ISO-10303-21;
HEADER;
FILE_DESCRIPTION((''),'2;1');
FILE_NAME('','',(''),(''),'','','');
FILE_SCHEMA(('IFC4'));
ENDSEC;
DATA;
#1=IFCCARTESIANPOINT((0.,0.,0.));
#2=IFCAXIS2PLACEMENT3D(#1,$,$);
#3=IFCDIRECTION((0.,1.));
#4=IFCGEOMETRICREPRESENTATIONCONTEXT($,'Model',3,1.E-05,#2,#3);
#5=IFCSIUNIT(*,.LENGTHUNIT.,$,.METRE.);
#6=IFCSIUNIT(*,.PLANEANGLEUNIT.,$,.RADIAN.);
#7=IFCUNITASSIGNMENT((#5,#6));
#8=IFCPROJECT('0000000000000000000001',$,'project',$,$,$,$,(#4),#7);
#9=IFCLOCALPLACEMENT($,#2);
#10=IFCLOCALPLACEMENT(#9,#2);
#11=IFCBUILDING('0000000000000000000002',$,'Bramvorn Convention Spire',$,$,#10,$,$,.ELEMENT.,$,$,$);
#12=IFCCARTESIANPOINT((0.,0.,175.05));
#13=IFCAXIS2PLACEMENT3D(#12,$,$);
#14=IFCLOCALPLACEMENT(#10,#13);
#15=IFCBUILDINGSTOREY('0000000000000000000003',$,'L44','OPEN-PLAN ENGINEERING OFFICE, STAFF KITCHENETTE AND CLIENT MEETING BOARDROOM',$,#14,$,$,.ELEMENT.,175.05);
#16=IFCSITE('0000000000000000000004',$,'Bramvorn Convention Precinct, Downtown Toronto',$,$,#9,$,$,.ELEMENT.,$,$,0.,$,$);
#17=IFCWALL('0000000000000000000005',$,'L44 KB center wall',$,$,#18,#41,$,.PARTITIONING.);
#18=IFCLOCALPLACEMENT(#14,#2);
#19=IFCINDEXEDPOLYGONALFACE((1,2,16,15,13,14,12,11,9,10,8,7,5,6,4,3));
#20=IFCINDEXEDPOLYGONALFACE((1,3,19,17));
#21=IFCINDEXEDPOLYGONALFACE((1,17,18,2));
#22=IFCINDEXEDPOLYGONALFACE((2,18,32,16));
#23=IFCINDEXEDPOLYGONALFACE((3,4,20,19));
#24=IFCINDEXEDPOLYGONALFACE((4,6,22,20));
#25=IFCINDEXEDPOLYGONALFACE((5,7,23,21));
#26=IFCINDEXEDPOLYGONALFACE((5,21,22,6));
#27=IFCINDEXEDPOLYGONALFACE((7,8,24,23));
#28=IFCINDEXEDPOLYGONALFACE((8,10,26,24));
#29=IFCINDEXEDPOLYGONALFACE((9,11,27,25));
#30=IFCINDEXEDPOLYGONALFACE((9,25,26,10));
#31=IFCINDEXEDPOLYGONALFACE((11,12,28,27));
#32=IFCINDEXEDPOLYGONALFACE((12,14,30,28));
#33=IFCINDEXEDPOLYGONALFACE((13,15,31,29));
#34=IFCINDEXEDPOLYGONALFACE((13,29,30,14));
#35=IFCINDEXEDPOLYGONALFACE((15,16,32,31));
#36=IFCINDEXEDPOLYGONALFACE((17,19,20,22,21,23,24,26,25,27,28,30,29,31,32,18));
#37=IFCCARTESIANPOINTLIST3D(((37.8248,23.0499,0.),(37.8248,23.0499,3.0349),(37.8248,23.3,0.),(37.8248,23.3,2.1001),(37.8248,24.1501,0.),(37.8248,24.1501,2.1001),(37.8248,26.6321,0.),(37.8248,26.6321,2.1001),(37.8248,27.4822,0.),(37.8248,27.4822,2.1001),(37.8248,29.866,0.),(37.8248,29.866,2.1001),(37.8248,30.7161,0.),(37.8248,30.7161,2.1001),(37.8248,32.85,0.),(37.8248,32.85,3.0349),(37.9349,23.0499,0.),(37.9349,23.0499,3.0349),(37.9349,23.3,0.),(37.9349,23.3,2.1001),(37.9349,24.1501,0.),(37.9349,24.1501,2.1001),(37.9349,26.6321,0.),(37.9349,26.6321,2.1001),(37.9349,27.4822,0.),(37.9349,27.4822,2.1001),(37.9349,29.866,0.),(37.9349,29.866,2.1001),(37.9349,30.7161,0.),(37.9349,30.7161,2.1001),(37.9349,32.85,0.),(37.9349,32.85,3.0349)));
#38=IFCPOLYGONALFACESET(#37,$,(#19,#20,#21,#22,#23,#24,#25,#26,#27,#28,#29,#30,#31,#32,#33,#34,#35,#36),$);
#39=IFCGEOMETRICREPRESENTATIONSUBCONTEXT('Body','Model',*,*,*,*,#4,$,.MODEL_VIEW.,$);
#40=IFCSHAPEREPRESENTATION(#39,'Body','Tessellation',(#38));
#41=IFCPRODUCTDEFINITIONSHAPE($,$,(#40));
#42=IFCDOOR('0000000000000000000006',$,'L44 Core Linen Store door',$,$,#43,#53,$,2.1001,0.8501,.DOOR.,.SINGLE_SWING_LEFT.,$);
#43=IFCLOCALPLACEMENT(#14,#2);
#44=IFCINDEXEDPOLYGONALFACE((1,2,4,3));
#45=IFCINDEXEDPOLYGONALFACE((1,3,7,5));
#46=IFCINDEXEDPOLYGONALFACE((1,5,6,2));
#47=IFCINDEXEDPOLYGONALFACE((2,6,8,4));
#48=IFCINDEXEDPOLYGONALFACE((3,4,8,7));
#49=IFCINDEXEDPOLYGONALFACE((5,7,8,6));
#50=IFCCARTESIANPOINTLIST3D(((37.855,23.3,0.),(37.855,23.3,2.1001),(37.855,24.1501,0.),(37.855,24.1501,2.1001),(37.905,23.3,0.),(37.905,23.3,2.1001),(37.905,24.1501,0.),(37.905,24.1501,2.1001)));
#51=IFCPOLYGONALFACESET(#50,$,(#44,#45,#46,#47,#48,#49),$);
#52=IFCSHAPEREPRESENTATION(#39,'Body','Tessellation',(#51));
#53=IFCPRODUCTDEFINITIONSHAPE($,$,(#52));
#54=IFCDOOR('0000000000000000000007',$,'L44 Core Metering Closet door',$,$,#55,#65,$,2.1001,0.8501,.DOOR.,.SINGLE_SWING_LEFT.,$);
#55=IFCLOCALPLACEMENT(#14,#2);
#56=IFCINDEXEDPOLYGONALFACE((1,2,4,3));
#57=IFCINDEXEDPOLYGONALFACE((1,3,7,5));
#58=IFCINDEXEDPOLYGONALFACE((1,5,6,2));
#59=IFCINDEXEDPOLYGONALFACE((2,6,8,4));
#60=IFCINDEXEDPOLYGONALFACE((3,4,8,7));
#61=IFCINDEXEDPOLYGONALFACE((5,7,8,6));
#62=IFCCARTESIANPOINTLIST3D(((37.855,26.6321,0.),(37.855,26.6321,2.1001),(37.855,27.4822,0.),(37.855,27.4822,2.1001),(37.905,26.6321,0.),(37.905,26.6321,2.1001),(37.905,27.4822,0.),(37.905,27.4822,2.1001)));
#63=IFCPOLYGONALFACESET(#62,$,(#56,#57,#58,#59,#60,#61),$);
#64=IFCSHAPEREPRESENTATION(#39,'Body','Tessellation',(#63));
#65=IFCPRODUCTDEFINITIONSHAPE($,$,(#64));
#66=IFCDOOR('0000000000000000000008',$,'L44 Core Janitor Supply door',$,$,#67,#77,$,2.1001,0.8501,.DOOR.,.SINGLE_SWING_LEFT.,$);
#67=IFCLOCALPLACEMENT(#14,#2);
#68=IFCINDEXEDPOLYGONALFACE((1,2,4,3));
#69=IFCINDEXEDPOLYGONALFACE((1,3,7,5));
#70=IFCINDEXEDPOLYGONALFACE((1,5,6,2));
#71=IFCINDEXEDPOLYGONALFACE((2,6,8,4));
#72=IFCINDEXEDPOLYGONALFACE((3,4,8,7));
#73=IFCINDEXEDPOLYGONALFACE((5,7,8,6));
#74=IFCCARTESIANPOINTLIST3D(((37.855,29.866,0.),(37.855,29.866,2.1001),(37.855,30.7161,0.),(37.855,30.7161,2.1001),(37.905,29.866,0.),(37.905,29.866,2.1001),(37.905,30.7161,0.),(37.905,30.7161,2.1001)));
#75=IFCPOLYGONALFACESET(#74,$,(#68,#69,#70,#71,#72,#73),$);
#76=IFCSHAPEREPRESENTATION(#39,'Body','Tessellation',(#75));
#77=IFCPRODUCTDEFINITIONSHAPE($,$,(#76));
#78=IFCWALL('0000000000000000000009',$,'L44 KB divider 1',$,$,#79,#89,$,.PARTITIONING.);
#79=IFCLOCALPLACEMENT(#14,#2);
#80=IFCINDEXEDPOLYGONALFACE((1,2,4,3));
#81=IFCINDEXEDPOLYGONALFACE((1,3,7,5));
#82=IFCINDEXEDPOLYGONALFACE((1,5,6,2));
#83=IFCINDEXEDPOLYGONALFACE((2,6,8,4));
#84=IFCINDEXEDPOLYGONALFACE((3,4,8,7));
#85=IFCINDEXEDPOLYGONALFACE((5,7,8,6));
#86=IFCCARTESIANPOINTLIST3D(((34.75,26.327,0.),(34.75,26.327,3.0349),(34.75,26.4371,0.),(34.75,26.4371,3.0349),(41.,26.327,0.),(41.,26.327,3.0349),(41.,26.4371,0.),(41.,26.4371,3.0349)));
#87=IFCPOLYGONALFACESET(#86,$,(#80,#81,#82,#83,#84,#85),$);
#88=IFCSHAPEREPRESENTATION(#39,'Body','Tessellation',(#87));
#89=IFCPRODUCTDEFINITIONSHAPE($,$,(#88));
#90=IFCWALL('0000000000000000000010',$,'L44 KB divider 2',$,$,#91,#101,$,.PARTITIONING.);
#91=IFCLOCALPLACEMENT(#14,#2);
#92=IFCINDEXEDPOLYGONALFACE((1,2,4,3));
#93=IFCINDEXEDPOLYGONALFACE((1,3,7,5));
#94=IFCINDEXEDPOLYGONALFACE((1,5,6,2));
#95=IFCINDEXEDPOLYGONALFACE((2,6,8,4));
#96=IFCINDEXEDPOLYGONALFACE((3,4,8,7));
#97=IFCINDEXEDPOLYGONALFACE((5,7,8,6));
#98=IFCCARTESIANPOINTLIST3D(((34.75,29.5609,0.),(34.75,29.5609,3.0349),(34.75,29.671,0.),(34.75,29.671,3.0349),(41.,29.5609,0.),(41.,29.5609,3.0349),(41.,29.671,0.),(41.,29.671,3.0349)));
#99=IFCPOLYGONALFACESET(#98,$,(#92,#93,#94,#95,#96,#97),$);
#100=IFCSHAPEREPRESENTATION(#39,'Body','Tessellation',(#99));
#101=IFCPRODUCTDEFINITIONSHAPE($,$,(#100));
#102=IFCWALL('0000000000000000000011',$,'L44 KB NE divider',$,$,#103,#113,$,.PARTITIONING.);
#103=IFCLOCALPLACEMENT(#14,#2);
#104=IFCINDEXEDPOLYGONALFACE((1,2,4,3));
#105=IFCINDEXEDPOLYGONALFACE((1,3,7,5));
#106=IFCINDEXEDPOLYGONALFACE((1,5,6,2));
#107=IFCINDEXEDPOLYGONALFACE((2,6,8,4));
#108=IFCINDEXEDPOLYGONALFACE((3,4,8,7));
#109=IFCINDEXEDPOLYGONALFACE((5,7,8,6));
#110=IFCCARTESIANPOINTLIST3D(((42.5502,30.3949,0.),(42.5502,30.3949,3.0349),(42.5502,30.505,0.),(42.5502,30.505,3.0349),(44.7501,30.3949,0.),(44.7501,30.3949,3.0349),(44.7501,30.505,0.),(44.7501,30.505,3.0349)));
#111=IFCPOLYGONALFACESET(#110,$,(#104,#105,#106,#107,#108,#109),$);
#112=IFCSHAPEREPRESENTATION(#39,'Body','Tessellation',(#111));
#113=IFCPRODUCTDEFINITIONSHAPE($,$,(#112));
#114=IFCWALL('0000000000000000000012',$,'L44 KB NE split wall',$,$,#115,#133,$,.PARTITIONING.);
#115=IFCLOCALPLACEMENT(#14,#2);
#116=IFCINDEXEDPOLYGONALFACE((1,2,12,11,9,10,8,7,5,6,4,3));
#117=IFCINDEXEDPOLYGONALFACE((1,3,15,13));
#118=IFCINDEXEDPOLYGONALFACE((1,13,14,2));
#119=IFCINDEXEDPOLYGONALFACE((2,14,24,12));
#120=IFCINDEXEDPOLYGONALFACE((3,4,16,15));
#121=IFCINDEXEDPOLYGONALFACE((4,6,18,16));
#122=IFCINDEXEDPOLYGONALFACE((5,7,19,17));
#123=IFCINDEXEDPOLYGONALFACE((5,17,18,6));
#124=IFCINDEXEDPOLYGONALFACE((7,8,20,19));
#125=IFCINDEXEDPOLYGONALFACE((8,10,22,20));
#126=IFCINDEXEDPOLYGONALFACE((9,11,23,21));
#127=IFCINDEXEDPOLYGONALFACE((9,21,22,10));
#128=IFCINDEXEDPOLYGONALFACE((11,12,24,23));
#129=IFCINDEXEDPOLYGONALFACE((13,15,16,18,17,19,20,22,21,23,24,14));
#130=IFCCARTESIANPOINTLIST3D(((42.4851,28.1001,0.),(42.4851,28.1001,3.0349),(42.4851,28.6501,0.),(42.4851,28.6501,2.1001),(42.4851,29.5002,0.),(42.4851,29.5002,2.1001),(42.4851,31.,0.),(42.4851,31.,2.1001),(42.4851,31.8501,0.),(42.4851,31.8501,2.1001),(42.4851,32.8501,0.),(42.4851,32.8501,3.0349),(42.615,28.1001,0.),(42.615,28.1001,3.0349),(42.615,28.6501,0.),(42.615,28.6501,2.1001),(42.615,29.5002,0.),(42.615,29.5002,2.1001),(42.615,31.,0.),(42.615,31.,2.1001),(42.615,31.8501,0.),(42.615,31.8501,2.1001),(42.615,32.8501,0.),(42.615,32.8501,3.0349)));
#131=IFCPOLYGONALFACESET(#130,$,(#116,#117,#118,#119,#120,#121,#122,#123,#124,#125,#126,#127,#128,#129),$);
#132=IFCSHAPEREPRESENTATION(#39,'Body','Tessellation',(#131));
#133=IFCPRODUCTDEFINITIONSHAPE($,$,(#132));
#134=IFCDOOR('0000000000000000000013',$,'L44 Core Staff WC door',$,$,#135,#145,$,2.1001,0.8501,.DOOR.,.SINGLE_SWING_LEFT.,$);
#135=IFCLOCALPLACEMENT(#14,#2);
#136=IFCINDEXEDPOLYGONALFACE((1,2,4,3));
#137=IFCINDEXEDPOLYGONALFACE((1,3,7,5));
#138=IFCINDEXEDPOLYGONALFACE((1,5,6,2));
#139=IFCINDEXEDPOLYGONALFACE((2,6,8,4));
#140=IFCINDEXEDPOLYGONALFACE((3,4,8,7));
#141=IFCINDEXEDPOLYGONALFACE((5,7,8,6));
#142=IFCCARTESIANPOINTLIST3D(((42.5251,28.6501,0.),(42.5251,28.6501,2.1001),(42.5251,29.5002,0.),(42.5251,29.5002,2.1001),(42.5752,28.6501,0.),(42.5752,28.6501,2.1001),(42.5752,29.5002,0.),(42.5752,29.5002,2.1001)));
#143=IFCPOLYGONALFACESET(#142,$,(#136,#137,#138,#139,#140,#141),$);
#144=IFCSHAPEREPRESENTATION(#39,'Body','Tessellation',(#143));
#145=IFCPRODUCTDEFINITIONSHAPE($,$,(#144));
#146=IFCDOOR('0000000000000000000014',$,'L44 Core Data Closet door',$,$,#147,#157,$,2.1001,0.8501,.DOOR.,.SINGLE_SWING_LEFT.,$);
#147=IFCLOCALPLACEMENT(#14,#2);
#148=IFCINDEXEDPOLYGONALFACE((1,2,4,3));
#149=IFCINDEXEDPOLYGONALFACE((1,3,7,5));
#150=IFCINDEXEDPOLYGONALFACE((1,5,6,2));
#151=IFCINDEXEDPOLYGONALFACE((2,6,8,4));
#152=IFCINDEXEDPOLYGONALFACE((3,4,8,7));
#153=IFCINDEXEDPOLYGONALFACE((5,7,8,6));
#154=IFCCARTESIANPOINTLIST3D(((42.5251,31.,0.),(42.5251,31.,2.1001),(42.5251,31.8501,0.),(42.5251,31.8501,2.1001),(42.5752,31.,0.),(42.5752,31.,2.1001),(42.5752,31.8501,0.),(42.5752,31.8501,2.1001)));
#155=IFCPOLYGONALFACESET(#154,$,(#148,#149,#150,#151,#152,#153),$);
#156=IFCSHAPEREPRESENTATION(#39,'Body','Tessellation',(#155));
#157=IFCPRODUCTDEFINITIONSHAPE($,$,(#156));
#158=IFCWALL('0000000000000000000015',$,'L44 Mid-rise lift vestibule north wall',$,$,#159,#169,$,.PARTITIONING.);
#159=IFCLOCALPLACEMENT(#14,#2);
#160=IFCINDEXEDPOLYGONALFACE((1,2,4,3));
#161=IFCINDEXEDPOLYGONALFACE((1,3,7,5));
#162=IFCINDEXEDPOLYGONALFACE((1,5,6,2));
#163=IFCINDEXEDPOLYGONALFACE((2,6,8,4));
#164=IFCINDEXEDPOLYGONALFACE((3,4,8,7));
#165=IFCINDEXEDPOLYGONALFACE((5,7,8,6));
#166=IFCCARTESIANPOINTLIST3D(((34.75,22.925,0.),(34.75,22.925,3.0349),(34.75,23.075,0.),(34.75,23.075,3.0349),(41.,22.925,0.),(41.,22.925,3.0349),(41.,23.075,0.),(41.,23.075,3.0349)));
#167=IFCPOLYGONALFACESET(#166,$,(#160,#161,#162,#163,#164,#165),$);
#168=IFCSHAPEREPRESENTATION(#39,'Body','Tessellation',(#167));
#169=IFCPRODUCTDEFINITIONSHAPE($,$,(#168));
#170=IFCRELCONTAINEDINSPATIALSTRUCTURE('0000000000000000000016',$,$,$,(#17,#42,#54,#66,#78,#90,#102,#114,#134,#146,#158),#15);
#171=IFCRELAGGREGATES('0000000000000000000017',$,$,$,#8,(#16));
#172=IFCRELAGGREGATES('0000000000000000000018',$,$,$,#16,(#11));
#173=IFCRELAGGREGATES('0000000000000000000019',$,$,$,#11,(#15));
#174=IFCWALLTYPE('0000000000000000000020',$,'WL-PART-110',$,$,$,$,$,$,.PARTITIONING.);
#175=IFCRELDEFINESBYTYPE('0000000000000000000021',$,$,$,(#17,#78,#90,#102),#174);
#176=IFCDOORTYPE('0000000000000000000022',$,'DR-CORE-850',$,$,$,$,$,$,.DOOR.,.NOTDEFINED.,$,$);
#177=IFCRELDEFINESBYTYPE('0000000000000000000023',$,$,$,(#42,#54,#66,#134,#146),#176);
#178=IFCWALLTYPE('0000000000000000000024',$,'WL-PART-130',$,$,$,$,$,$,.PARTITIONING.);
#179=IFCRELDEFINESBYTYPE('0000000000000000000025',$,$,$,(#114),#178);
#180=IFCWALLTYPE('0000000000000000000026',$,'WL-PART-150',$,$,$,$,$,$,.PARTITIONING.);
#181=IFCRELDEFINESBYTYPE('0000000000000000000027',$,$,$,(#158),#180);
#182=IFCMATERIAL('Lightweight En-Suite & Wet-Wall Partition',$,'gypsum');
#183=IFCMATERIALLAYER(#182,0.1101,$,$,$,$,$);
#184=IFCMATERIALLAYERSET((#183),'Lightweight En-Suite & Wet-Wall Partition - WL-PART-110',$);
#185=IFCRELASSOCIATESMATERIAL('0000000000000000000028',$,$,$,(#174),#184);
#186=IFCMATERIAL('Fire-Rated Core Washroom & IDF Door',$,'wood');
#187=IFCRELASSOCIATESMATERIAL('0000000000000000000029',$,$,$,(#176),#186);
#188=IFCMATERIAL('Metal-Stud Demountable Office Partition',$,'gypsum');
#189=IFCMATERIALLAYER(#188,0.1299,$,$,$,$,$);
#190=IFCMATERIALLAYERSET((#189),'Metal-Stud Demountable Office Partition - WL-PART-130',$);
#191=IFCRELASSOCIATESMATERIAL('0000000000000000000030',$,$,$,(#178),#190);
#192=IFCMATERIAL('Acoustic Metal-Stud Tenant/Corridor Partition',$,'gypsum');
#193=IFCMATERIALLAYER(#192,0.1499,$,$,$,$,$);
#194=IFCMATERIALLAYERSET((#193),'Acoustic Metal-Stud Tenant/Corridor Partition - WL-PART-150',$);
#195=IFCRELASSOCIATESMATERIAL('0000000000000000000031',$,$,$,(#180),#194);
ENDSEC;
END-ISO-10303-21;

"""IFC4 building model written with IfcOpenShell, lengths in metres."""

from ifc_helpers import new_model, si_unit, direction, frame, frame_2d, origin, place, context, subcontext, project, spatial, rectangle, extrude, material, layer, layer_set, type_object, element, fill, save


model = new_model("IFC4")

# Units and contexts
model_context = context("Model", 3, precision=1e-05, world=origin(), true_north=direction((0.0, 1.0)))
body_context = subcontext(model_context, "Body", "Model", "MODEL_VIEW")
ifc_project = project(units=[si_unit("LENGTHUNIT", "METRE"), si_unit("PLANEANGLEUNIT", "RADIAN")], contexts=[model_context])

# Site, building, storey
site_placement = place(None, origin())
site = spatial("IfcSite", under=ifc_project, at=site_placement, Name="Bramvorn Convention Precinct, Downtown Toronto", CompositionType="ELEMENT", RefElevation=0.0)
building_placement = place(site_placement, origin())
building = spatial("IfcBuilding", under=site, at=building_placement, Name="Bramvorn Convention Spire", CompositionType="ELEMENT")
storey_placement = place(building_placement, frame((0.0, 0.0, 175.05)))
storey = spatial("IfcBuildingStorey", under=building, at=storey_placement, Name="L44", Description="OPEN-PLAN ENGINEERING OFFICE, STAFF KITCHENETTE AND CLIENT MEETING BOARDROOM", CompositionType="ELEMENT", Elevation=175.05)

# Wall, openings, doors
ifc_material_1 = material(Name="Lightweight En-Suite & Wet-Wall Partition", Category="gypsum")
ifc_layer_1 = layer(ifc_material_1, 0.1101)
ifc_layer_set_1 = layer_set([ifc_layer_1], Name="Lightweight En-Suite & Wet-Wall Partition - WL-PART-110")
wall_type_1 = type_object("IfcWallType", Name="WL-PART-110", PredefinedType="PARTITIONING", material=ifc_layer_set_1)
wall_1_placement = place(storey_placement, frame((37.8799, 23.05, 0.0), z_axis=(0.0, 0.0, 1.0), x_axis=(0.0, 1.0, 0.0)))
wall_1 = element("IfcWall", 1, at=wall_1_placement, inside=storey, type_object=wall_type_1, Name="L44 KB center wall", PredefinedType="PARTITIONING", context=body_context, shape_type="SweptSolid", body=[
    extrude(rectangle(XDim=9.8, YDim=0.1101, at=frame_2d((4.8999, 0.0))), origin(), (0.0, 0.0, 1.0), 3.0349),
])
opening_1_placement = place(wall_1_placement, frame((0.25, 0.0, 0.0)))
opening_1 = element("IfcOpeningElement", 2, at=opening_1_placement, cuts=wall_1, PredefinedType="OPENING", context=body_context, shape_type="SweptSolid", body=[
    extrude(rectangle(XDim=0.8501, YDim=2.1001, at=frame_2d((0.425, 1.05))), frame((0.0, 0.0649, 0.0), z_axis=(0.0, -1.0, 0.0), x_axis=(1.0, 0.0, 0.0)), (0.0, 0.0, 1.0), 0.1301),
])
opening_2_placement = place(wall_1_placement, frame((3.582, 0.0, 0.0)))
opening_2 = element("IfcOpeningElement", 3, at=opening_2_placement, cuts=wall_1, PredefinedType="OPENING", context=body_context, shape_type="SweptSolid", body=[
    extrude(rectangle(XDim=0.8501, YDim=2.1001, at=frame_2d((0.425, 1.05))), frame((0.0, 0.0649, 0.0), z_axis=(0.0, -1.0, 0.0), x_axis=(1.0, 0.0, 0.0)), (0.0, 0.0, 1.0), 0.1301),
])
opening_3_placement = place(wall_1_placement, frame((6.8159, 0.0, 0.0)))
opening_3 = element("IfcOpeningElement", 4, at=opening_3_placement, cuts=wall_1, PredefinedType="OPENING", context=body_context, shape_type="SweptSolid", body=[
    extrude(rectangle(XDim=0.8501, YDim=2.1001, at=frame_2d((0.425, 1.05))), frame((0.0, 0.0649, 0.0), z_axis=(0.0, -1.0, 0.0), x_axis=(1.0, 0.0, 0.0)), (0.0, 0.0, 1.0), 0.1301),
])
ifc_material_2 = material(Name="Fire-Rated Core Washroom & IDF Door", Category="wood")
door_type_1 = type_object("IfcDoorType", Name="DR-CORE-850", OperationType="NOTDEFINED", PredefinedType="DOOR", material=ifc_material_2)
door_1_placement = place(opening_1_placement, origin())
door_1 = element("IfcDoor", 5, at=door_1_placement, inside=storey, type_object=door_type_1, Name="L44 Core Linen Store door", OperationType="SINGLE_SWING_LEFT", OverallHeight=2.1001, OverallWidth=0.8501, PredefinedType="DOOR", context=body_context, shape_type="SweptSolid", body=[
    extrude(rectangle(XDim=0.8501, YDim=2.1001, at=frame_2d((0.425, 1.05))), frame((0.0, 0.0249, 0.0), z_axis=(0.0, -1.0, 0.0), x_axis=(1.0, 0.0, 0.0)), (0.0, 0.0, 1.0), 0.05),
])
fill(opening_1, door_1)
door_2_placement = place(opening_2_placement, origin())
door_2 = element("IfcDoor", 6, at=door_2_placement, inside=storey, type_object=door_type_1, Name="L44 Core Metering Closet door", OperationType="SINGLE_SWING_LEFT", OverallHeight=2.1001, OverallWidth=0.8501, PredefinedType="DOOR", context=body_context, shape_type="SweptSolid", body=[
    extrude(rectangle(XDim=0.8501, YDim=2.1001, at=frame_2d((0.425, 1.05))), frame((0.0, 0.0249, 0.0), z_axis=(0.0, -1.0, 0.0), x_axis=(1.0, 0.0, 0.0)), (0.0, 0.0, 1.0), 0.05),
])
fill(opening_2, door_2)
door_3_placement = place(opening_3_placement, origin())
door_3 = element("IfcDoor", 7, at=door_3_placement, inside=storey, type_object=door_type_1, Name="L44 Core Janitor Supply door", OperationType="SINGLE_SWING_LEFT", OverallHeight=2.1001, OverallWidth=0.8501, PredefinedType="DOOR", context=body_context, shape_type="SweptSolid", body=[
    extrude(rectangle(XDim=0.8501, YDim=2.1001, at=frame_2d((0.425, 1.05))), frame((0.0, 0.0249, 0.0), z_axis=(0.0, -1.0, 0.0), x_axis=(1.0, 0.0, 0.0)), (0.0, 0.0, 1.0), 0.05),
])
fill(opening_3, door_3)

# Walls
for number, where, z_axis, x_axis, name in (
    (8, (34.75, 26.3821, 0.0), (0.0, 0.0, 1.0), (1.0, 0.0, 0.0), "L44 KB divider 1"),
    (9, (34.75, 29.616, 0.0), (0.0, 0.0, 1.0), (1.0, 0.0, 0.0), "L44 KB divider 2"),
):
    element("IfcWall", number, at=place(storey_placement, frame(where, z_axis=z_axis, x_axis=x_axis)), inside=storey, type_object=wall_type_1, Name=name, PredefinedType="PARTITIONING", context=body_context, shape_type="SweptSolid", body=[
        extrude(rectangle(XDim=6.25, YDim=0.1101, at=frame_2d((3.125, 0.0))), origin(), (0.0, 0.0, 1.0), 3.0349),
    ])
wall_2_placement = place(storey_placement, frame((42.55, 30.45, 0.0), z_axis=(0.0, 0.0, 1.0), x_axis=(1.0, 0.0, 0.0)))
element("IfcWall", 10, at=wall_2_placement, inside=storey, type_object=wall_type_1, Name="L44 KB NE divider", PredefinedType="PARTITIONING", context=body_context, shape_type="SweptSolid", body=[
    extrude(rectangle(XDim=2.2, YDim=0.1101, at=frame_2d((1.1001, 0.0))), origin(), (0.0, 0.0, 1.0), 3.0349),
])

# Wall, openings, doors
ifc_material_3 = material(Name="Metal-Stud Demountable Office Partition", Category="gypsum")
ifc_layer_2 = layer(ifc_material_3, 0.1299)
ifc_layer_set_2 = layer_set([ifc_layer_2], Name="Metal-Stud Demountable Office Partition - WL-PART-130")
wall_type_2 = type_object("IfcWallType", Name="WL-PART-130", PredefinedType="PARTITIONING", material=ifc_layer_set_2)
wall_3_placement = place(storey_placement, frame((42.55, 28.1001, 0.0), z_axis=(0.0, 0.0, 1.0), x_axis=(0.0, 1.0, 0.0)))
wall_3 = element("IfcWall", 11, at=wall_3_placement, inside=storey, type_object=wall_type_2, Name="L44 KB NE split wall", PredefinedType="PARTITIONING", context=body_context, shape_type="SweptSolid", body=[
    extrude(rectangle(XDim=4.75, YDim=0.1299, at=frame_2d((2.375, 0.0))), origin(), (0.0, 0.0, 1.0), 3.0349),
])
opening_4_placement = place(wall_3_placement, frame((0.55, 0.0, 0.0)))
opening_4 = element("IfcOpeningElement", 12, at=opening_4_placement, cuts=wall_3, PredefinedType="OPENING", context=body_context, shape_type="SweptSolid", body=[
    extrude(rectangle(XDim=0.8501, YDim=2.1001, at=frame_2d((0.425, 1.05))), frame((0.0, 0.075, 0.0), z_axis=(0.0, -1.0, 0.0), x_axis=(1.0, 0.0, 0.0)), (0.0, 0.0, 1.0), 0.1499),
])
opening_5_placement = place(wall_3_placement, frame((2.8999, 0.0, 0.0)))
opening_5 = element("IfcOpeningElement", 13, at=opening_5_placement, cuts=wall_3, PredefinedType="OPENING", context=body_context, shape_type="SweptSolid", body=[
    extrude(rectangle(XDim=0.8501, YDim=2.1001, at=frame_2d((0.425, 1.05))), frame((0.0, 0.075, 0.0), z_axis=(0.0, -1.0, 0.0), x_axis=(1.0, 0.0, 0.0)), (0.0, 0.0, 1.0), 0.1499),
])
door_4_placement = place(opening_4_placement, origin())
door_4 = element("IfcDoor", 14, at=door_4_placement, inside=storey, type_object=door_type_1, Name="L44 Core Staff WC door", OperationType="SINGLE_SWING_LEFT", OverallHeight=2.1001, OverallWidth=0.8501, PredefinedType="DOOR", context=body_context, shape_type="SweptSolid", body=[
    extrude(rectangle(XDim=0.8501, YDim=2.1001, at=frame_2d((0.425, 1.05))), frame((0.0, 0.0249, 0.0), z_axis=(0.0, -1.0, 0.0), x_axis=(1.0, 0.0, 0.0)), (0.0, 0.0, 1.0), 0.05),
])
fill(opening_4, door_4)
door_5_placement = place(opening_5_placement, origin())
door_5 = element("IfcDoor", 15, at=door_5_placement, inside=storey, type_object=door_type_1, Name="L44 Core Data Closet door", OperationType="SINGLE_SWING_LEFT", OverallHeight=2.1001, OverallWidth=0.8501, PredefinedType="DOOR", context=body_context, shape_type="SweptSolid", body=[
    extrude(rectangle(XDim=0.8501, YDim=2.1001, at=frame_2d((0.425, 1.05))), frame((0.0, 0.0249, 0.0), z_axis=(0.0, -1.0, 0.0), x_axis=(1.0, 0.0, 0.0)), (0.0, 0.0, 1.0), 0.05),
])
fill(opening_5, door_5)

# Wall
ifc_material_4 = material(Name="Acoustic Metal-Stud Tenant/Corridor Partition", Category="gypsum")
ifc_layer_3 = layer(ifc_material_4, 0.1499)
ifc_layer_set_3 = layer_set([ifc_layer_3], Name="Acoustic Metal-Stud Tenant/Corridor Partition - WL-PART-150")
wall_type_3 = type_object("IfcWallType", Name="WL-PART-150", PredefinedType="PARTITIONING", material=ifc_layer_set_3)
wall_4_placement = place(storey_placement, frame((34.75, 23.0, 0.0), z_axis=(0.0, 0.0, 1.0), x_axis=(1.0, 0.0, 0.0)))
element("IfcWall", 16, at=wall_4_placement, inside=storey, type_object=wall_type_3, Name="L44 Mid-rise lift vestibule north wall", PredefinedType="PARTITIONING", context=body_context, shape_type="SweptSolid", body=[
    extrude(rectangle(XDim=6.25, YDim=0.1499, at=frame_2d((3.125, 0.0))), origin(), (0.0, 0.0, 1.0), 3.0349),
])

save(model, "model.ifc")
